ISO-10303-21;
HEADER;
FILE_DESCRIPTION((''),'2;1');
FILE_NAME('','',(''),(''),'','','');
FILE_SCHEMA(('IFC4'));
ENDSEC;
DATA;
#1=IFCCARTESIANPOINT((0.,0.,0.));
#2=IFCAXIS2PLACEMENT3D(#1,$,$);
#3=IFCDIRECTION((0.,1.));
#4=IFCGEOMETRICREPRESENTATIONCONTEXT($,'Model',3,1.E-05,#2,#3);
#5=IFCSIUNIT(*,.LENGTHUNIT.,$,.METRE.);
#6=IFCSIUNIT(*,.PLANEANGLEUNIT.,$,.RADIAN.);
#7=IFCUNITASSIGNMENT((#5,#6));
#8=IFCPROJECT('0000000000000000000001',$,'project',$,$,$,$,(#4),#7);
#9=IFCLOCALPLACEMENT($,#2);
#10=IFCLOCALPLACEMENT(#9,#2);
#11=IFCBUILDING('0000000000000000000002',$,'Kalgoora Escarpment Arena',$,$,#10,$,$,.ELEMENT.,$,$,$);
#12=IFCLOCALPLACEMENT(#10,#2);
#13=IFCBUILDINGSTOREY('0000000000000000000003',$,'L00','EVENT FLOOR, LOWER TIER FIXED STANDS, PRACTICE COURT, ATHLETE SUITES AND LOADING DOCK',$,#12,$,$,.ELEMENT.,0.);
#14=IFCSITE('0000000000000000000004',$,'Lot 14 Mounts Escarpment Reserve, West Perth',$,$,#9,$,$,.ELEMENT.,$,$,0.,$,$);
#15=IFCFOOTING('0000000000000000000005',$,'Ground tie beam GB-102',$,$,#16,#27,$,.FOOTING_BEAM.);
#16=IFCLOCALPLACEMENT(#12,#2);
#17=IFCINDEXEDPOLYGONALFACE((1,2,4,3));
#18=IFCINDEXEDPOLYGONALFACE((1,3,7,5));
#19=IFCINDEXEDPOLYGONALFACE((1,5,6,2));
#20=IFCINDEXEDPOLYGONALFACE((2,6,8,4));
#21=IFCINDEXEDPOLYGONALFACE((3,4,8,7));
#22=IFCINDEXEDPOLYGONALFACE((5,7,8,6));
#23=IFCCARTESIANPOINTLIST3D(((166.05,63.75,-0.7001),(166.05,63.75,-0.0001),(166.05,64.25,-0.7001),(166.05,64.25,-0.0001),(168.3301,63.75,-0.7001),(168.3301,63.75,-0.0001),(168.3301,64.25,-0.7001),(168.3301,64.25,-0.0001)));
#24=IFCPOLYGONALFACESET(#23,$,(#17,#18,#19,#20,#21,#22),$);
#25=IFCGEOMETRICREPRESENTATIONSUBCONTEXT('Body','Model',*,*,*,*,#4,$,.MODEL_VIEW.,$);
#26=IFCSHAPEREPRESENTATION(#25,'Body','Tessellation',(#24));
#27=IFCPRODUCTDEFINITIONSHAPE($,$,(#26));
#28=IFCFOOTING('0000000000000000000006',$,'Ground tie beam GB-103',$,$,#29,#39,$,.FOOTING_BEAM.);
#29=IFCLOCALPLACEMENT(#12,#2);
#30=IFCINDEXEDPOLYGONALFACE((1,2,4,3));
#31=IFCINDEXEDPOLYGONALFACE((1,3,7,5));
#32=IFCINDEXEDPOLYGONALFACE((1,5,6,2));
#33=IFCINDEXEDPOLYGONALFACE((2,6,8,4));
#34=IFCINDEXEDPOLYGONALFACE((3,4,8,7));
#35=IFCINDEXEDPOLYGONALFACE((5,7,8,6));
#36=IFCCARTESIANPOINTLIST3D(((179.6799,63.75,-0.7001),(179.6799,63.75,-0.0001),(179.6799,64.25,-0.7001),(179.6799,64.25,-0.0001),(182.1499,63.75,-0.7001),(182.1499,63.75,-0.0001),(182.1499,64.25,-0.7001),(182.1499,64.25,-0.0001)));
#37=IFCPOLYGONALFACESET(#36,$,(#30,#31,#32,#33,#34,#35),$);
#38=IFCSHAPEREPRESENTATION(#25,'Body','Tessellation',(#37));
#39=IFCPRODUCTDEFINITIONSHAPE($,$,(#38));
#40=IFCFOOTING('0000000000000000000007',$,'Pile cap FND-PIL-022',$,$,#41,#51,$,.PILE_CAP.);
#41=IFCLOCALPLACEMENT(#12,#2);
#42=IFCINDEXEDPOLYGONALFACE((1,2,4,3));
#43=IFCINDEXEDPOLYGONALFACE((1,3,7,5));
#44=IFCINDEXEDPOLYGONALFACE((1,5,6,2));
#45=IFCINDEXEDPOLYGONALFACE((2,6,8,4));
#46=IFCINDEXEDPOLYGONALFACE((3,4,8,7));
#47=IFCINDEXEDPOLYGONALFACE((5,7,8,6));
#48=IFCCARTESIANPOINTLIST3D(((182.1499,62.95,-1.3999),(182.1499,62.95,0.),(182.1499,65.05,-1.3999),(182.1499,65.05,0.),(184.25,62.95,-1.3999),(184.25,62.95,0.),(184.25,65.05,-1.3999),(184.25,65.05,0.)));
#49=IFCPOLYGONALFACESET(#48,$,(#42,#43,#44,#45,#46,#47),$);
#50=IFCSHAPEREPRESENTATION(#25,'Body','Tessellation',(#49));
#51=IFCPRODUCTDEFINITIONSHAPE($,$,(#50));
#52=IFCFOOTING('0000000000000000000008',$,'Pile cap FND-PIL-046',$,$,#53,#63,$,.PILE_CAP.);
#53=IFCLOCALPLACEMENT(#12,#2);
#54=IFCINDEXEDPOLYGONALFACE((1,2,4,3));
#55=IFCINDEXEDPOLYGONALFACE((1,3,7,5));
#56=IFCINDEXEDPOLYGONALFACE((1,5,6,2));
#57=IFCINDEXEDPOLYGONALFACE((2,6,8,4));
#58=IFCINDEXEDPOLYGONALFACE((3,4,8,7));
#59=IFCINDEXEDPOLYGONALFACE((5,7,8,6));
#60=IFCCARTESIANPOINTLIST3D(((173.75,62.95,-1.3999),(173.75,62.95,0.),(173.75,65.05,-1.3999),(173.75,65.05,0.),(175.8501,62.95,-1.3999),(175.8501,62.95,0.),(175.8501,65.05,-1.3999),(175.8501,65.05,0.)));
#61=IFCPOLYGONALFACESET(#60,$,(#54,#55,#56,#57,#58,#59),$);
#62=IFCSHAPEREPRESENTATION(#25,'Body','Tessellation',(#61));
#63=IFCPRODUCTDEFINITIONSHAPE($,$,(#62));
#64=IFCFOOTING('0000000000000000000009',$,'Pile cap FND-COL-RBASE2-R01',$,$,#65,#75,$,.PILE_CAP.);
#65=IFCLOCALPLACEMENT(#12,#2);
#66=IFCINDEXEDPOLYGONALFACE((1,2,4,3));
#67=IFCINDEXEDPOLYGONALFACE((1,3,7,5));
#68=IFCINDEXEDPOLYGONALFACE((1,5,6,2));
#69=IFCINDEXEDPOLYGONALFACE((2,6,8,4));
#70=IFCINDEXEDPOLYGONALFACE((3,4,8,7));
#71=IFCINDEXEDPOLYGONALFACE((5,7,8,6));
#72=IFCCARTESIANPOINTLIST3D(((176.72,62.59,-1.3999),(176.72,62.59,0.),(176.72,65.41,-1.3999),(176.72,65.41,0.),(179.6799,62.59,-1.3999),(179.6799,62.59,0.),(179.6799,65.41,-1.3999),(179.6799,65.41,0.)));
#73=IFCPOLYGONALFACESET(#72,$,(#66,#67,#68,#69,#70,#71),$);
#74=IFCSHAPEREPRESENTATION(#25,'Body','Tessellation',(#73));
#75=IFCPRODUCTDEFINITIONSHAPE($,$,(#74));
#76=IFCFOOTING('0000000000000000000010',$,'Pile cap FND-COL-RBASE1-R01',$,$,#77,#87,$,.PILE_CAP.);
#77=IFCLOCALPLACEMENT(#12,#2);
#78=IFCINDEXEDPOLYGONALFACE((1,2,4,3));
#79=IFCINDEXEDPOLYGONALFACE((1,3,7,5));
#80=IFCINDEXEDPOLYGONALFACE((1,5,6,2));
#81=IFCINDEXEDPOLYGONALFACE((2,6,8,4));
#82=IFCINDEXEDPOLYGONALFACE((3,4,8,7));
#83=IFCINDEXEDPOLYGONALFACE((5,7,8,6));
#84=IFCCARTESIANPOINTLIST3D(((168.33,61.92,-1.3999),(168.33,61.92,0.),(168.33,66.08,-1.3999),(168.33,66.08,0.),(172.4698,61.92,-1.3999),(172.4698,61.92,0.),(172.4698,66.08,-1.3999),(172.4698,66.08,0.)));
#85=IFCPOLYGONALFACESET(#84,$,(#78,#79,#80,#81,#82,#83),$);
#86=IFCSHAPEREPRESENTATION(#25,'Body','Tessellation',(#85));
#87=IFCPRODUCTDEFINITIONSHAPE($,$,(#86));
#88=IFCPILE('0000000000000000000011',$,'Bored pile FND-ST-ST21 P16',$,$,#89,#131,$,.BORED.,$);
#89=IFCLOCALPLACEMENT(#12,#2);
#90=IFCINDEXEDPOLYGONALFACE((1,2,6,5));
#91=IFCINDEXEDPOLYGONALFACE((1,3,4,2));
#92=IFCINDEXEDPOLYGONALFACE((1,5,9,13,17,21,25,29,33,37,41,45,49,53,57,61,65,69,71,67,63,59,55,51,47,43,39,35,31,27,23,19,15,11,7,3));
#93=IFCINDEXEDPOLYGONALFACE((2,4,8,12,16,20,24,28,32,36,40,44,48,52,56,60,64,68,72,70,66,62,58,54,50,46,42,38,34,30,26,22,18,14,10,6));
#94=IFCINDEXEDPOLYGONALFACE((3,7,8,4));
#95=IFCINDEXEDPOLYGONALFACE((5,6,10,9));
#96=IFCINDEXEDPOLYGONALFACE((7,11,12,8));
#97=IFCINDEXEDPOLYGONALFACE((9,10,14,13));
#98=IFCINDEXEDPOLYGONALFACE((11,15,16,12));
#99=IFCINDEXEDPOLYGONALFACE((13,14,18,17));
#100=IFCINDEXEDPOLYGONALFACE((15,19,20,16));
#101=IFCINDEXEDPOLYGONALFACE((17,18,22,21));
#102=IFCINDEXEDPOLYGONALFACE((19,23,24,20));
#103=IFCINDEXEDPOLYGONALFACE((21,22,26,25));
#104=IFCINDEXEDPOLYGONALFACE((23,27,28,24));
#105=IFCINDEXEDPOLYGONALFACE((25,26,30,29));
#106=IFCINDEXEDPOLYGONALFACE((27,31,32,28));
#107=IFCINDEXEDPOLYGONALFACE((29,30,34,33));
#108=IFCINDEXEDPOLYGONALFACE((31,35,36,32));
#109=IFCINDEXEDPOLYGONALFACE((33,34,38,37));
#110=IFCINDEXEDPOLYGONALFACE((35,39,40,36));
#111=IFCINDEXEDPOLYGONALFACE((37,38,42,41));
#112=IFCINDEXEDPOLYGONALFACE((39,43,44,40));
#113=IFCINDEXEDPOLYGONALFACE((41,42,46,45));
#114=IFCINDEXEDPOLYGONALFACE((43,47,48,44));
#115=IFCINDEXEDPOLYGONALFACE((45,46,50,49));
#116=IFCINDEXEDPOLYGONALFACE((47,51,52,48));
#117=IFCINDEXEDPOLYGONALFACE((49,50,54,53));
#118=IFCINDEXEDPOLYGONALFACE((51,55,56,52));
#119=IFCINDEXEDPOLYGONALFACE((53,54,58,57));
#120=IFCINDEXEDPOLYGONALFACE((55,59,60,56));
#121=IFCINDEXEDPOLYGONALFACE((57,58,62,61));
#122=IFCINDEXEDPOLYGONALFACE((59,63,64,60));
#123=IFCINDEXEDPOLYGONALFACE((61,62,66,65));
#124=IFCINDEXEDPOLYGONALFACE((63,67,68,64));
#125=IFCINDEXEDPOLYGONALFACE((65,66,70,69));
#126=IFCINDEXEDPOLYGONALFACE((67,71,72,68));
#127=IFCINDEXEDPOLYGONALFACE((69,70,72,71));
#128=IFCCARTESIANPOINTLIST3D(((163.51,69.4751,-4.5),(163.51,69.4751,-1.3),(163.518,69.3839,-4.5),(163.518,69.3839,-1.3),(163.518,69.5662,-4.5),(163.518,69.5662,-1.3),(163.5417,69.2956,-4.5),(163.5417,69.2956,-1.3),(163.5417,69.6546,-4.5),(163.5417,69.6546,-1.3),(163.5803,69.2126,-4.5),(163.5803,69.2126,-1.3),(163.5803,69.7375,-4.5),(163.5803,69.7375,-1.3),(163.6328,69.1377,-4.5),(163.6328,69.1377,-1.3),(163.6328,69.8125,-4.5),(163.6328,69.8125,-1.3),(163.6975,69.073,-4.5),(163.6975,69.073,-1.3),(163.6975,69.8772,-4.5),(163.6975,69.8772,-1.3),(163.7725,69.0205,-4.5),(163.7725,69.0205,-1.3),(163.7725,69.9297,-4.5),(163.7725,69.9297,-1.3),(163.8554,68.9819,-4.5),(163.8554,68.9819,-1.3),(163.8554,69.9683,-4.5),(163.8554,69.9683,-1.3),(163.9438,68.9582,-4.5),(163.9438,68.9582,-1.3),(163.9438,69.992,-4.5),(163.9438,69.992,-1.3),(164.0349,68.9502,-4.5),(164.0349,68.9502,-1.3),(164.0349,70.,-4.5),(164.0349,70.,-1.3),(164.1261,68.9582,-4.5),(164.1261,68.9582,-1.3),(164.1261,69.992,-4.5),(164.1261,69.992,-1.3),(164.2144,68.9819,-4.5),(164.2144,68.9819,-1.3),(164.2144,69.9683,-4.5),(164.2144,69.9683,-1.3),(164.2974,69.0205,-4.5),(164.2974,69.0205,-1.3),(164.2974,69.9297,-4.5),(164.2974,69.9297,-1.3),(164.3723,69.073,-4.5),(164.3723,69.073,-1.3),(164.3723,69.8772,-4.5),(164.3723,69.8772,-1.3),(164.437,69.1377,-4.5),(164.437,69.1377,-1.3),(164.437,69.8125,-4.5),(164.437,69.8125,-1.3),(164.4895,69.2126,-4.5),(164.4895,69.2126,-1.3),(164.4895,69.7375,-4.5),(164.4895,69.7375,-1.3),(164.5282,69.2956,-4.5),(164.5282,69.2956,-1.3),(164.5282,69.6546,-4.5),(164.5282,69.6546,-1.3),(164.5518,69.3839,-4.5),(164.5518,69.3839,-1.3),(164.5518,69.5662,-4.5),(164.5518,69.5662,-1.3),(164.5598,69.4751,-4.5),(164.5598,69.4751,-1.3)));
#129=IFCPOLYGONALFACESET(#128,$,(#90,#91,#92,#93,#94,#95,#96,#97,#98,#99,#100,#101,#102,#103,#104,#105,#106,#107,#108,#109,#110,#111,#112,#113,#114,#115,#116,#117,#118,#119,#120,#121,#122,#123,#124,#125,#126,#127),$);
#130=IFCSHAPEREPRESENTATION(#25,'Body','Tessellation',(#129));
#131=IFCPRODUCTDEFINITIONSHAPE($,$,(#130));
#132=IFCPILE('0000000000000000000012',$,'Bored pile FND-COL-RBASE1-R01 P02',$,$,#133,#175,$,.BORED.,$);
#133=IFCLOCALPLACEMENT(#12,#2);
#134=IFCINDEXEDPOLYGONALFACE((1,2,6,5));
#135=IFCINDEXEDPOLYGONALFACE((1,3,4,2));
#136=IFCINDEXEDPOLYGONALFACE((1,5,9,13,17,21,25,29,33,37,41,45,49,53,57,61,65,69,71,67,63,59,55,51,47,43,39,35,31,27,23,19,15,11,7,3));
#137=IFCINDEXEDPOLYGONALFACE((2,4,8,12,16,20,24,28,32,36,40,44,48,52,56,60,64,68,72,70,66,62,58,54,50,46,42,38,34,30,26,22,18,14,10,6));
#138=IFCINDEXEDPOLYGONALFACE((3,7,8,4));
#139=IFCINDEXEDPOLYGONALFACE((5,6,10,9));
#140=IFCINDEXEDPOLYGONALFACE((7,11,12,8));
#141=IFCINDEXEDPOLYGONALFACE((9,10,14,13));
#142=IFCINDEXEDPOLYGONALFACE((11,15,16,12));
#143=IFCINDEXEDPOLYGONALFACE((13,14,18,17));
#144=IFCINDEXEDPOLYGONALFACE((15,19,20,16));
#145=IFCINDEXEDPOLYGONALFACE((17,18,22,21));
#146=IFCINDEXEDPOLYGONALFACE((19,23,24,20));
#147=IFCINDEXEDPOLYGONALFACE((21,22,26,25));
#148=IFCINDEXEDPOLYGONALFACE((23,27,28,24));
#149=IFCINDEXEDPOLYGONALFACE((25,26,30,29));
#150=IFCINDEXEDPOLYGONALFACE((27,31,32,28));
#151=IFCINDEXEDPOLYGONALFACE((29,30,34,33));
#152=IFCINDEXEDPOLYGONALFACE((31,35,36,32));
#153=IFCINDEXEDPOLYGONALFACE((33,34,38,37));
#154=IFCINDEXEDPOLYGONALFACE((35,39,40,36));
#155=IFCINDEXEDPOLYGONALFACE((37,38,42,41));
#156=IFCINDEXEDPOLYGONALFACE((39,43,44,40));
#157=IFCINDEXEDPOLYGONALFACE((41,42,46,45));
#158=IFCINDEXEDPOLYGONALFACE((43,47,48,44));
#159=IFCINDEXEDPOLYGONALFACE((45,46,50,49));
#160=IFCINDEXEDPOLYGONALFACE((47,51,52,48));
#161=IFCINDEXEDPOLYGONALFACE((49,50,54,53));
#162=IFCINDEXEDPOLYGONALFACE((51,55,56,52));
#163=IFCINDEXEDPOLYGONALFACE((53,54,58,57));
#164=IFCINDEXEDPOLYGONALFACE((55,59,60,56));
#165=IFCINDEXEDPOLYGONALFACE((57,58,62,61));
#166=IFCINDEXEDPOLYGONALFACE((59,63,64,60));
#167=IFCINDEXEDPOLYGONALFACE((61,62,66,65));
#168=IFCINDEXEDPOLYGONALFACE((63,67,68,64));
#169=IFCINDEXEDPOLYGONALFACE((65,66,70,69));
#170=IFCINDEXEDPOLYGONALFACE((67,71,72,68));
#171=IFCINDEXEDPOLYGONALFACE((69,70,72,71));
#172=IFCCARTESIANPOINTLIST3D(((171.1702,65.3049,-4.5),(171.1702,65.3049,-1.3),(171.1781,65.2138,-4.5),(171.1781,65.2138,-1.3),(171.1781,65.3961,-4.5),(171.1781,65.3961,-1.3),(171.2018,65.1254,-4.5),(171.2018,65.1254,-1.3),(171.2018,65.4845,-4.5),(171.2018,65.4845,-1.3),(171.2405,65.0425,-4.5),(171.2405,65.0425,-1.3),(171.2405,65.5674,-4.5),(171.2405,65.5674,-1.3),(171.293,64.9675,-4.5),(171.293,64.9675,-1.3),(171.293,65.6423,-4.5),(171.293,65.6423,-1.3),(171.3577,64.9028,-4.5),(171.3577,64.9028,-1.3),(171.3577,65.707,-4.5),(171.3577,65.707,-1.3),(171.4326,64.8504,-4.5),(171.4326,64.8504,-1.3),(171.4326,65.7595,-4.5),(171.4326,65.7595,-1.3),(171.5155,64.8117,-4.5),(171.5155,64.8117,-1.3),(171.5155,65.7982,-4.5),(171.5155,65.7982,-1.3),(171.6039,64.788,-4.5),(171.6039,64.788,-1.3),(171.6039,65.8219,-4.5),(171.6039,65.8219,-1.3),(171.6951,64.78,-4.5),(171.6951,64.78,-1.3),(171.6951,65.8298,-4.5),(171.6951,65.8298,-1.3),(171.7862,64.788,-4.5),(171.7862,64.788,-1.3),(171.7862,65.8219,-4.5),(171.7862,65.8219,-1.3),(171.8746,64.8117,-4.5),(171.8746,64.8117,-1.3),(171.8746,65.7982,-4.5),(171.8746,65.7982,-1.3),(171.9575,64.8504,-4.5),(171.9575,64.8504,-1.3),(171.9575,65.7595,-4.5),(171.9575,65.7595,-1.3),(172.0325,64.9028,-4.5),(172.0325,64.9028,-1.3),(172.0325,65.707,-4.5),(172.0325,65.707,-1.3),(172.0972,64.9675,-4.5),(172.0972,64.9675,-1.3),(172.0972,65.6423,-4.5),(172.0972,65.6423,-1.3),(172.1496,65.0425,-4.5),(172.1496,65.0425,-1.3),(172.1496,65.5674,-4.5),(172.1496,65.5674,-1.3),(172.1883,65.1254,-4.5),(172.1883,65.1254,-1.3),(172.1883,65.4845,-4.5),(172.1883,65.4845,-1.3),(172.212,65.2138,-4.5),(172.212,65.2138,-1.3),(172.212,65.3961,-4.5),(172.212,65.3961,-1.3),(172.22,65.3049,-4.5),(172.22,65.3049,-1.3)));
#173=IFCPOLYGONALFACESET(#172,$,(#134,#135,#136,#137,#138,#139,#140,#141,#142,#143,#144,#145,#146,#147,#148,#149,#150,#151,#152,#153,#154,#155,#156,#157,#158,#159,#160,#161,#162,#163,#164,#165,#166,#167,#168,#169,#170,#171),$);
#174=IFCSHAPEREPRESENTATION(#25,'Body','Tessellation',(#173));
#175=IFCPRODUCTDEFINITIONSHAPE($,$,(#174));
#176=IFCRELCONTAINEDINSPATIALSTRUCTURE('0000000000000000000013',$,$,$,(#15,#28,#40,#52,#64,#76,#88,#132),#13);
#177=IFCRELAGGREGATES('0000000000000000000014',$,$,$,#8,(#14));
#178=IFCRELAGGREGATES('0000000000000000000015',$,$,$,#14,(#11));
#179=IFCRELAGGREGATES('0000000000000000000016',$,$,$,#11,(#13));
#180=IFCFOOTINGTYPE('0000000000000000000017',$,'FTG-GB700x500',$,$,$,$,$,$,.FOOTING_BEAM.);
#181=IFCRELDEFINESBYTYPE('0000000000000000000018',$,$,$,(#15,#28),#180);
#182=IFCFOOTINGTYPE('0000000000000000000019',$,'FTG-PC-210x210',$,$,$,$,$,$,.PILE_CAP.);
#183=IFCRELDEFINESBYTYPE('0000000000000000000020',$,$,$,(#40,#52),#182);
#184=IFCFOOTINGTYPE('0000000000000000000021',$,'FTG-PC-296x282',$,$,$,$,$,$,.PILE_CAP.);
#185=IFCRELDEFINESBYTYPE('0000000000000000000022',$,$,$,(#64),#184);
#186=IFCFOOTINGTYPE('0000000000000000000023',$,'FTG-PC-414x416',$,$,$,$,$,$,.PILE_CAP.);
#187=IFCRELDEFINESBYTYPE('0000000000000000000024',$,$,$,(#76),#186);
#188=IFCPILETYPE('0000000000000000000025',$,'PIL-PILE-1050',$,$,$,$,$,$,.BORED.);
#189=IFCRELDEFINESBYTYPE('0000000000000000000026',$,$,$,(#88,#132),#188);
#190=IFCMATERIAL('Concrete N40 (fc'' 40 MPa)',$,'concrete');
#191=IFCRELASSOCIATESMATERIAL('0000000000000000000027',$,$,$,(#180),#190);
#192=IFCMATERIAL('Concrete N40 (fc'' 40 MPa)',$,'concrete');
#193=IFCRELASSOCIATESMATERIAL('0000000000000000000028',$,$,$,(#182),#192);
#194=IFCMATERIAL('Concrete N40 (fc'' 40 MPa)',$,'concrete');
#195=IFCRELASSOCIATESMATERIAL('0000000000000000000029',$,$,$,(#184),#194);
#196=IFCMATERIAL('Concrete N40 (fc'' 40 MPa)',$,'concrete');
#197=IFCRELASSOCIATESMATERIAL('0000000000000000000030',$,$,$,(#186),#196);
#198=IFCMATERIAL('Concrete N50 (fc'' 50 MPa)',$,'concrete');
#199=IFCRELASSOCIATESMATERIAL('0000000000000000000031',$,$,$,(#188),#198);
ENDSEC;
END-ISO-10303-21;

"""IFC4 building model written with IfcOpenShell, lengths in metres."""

from ifc_helpers import new_model, si_unit, direction, frame, origin, origin_2d, place, context, subcontext, project, spatial, rectangle, circle, extrude, material, material_profile, profile_set, type_object, element, save


model = new_model("IFC4")

# Units and contexts
model_context = context("Model", 3, precision=1e-05, world=origin(), true_north=direction((0.0, 1.0)))
body_context = subcontext(model_context, "Body", "Model", "MODEL_VIEW")
ifc_project = project(units=[si_unit("LENGTHUNIT", "METRE"), si_unit("PLANEANGLEUNIT", "RADIAN")], contexts=[model_context])

# Site, building, storey
site_placement = place(None, origin())
site = spatial("IfcSite", under=ifc_project, at=site_placement, Name="Lot 14 Mounts Escarpment Reserve, West Perth", CompositionType="ELEMENT", RefElevation=0.0)
building_placement = place(site_placement, origin())
building = spatial("IfcBuilding", under=site, at=building_placement, Name="Kalgoora Escarpment Arena", CompositionType="ELEMENT")
storey_placement = place(building_placement, origin())
storey = spatial("IfcBuildingStorey", under=building, at=storey_placement, Name="L00", Description="EVENT FLOOR, LOWER TIER FIXED STANDS, PRACTICE COURT, ATHLETE SUITES AND LOADING DOCK", CompositionType="ELEMENT", Elevation=0.0)

# Footings
ifc_material_1 = material(Name="Concrete N40 (fc' 40 MPa)", Category="concrete")
ifc_material_profile_1 = material_profile(ifc_material_1, rectangle(XDim=0.5, YDim=0.7, at=origin_2d()))
ifc_profile_set_1 = profile_set([ifc_material_profile_1], Name="Concrete N40 (fc' 40 MPa)")
footing_type_1 = type_object("IfcFootingType", Name="FTG-GB700x500", PredefinedType="FOOTING_BEAM", material=ifc_profile_set_1)
footing_1_placement = place(storey_placement, frame((166.05, 64.0, -0.3501), z_axis=(1.0, 0.0, 0.0), x_axis=(0.0, 1.0, 0.0)))
element("IfcFooting", 1, at=footing_1_placement, inside=storey, type_object=footing_type_1, Name="Ground tie beam GB-102", PredefinedType="FOOTING_BEAM", context=body_context, shape_type="SweptSolid", body=[
    extrude(rectangle(XDim=0.5, YDim=0.7, at=origin_2d()), origin(), (0.0, 0.0, 1.0), 2.28),
])
footing_2_placement = place(storey_placement, frame((179.6799, 64.0, -0.3501), z_axis=(1.0, 0.0, 0.0), x_axis=(0.0, 1.0, 0.0)))
element("IfcFooting", 2, at=footing_2_placement, inside=storey, type_object=footing_type_1, Name="Ground tie beam GB-103", PredefinedType="FOOTING_BEAM", context=body_context, shape_type="SweptSolid", body=[
    extrude(rectangle(XDim=0.5, YDim=0.7, at=origin_2d()), origin(), (0.0, 0.0, 1.0), 2.47),
])
ifc_material_2 = material(Name="Concrete N40 (fc' 40 MPa)", Category="concrete")
footing_type_2 = type_object("IfcFootingType", Name="FTG-PC-210x210", PredefinedType="PILE_CAP", material=ifc_material_2)
for number, where, z_axis, x_axis, name in (
    (3, (183.2, 64.0, -1.3999), (0.0, 0.0, 1.0), (1.0, 0.0, 0.0), "Pile cap FND-PIL-022"),
    (4, (174.8, 64.0, -1.3999), (0.0, 0.0, 1.0), (1.0, 0.0, 0.0), "Pile cap FND-PIL-046"),
):
    element("IfcFooting", number, at=place(storey_placement, frame(where, z_axis=z_axis, x_axis=x_axis)), inside=storey, type_object=footing_type_2, Name=name, PredefinedType="PILE_CAP", context=body_context, shape_type="SweptSolid", body=[
        extrude(rectangle(XDim=2.1001, YDim=2.1001, at=origin_2d()), origin(), (0.0, 0.0, 1.0), 1.3999),
    ])
ifc_material_3 = material(Name="Concrete N40 (fc' 40 MPa)", Category="concrete")
footing_type_3 = type_object("IfcFootingType", Name="FTG-PC-296x282", PredefinedType="PILE_CAP", material=ifc_material_3)
footing_3_placement = place(storey_placement, frame((178.2, 64.0, -1.3999), z_axis=(0.0, 0.0, 1.0), x_axis=(1.0, 0.0, 0.0)))
element("IfcFooting", 5, at=footing_3_placement, inside=storey, type_object=footing_type_3, Name="Pile cap FND-COL-RBASE2-R01", PredefinedType="PILE_CAP", context=body_context, shape_type="SweptSolid", body=[
    extrude(rectangle(XDim=2.96, YDim=2.8201, at=origin_2d()), origin(), (0.0, 0.0, 1.0), 1.3999),
])
ifc_material_4 = material(Name="Concrete N40 (fc' 40 MPa)", Category="concrete")
footing_type_4 = type_object("IfcFootingType", Name="FTG-PC-414x416", PredefinedType="PILE_CAP", material=ifc_material_4)
footing_4_placement = place(storey_placement, frame((170.3999, 64.0, -1.3999), z_axis=(0.0, 0.0, 1.0), x_axis=(1.0, 0.0, 0.0)))
element("IfcFooting", 6, at=footing_4_placement, inside=storey, type_object=footing_type_4, Name="Pile cap FND-COL-RBASE1-R01", PredefinedType="PILE_CAP", context=body_context, shape_type="SweptSolid", body=[
    extrude(rectangle(XDim=4.1399, YDim=4.1599, at=origin_2d()), origin(), (0.0, 0.0, 1.0), 1.3999),
])

# Piles
ifc_material_5 = material(Name="Concrete N50 (fc' 50 MPa)", Category="concrete")
ifc_material_profile_2 = material_profile(ifc_material_5, circle(Radius=0.5249, at=origin_2d()))
ifc_profile_set_2 = profile_set([ifc_material_profile_2], Name="Concrete N50 (fc' 50 MPa)")
pile_type_1 = type_object("IfcPileType", Name="PIL-PILE-1050", PredefinedType="BORED", material=ifc_profile_set_2)
for number, where, z_axis, x_axis, name in (
    (7, (164.0349, 69.4751, -1.3), (0.0, 0.0, -1.0), (1.0, 0.0, 0.0), "Bored pile FND-ST-ST21 P16"),
    (8, (171.6951, 65.3049, -1.3), (0.0, 0.0, -1.0), (1.0, 0.0, 0.0), "Bored pile FND-COL-RBASE1-R01 P02"),
):
    element("IfcPile", number, at=place(storey_placement, frame(where, z_axis=z_axis, x_axis=x_axis)), inside=storey, type_object=pile_type_1, Name=name, PredefinedType="BORED", context=body_context, shape_type="SweptSolid", body=[
        extrude(circle(Radius=0.5249, at=origin_2d()), origin(), (0.0, 0.0, 1.0), 3.2),
    ])

save(model, "model.ifc")
